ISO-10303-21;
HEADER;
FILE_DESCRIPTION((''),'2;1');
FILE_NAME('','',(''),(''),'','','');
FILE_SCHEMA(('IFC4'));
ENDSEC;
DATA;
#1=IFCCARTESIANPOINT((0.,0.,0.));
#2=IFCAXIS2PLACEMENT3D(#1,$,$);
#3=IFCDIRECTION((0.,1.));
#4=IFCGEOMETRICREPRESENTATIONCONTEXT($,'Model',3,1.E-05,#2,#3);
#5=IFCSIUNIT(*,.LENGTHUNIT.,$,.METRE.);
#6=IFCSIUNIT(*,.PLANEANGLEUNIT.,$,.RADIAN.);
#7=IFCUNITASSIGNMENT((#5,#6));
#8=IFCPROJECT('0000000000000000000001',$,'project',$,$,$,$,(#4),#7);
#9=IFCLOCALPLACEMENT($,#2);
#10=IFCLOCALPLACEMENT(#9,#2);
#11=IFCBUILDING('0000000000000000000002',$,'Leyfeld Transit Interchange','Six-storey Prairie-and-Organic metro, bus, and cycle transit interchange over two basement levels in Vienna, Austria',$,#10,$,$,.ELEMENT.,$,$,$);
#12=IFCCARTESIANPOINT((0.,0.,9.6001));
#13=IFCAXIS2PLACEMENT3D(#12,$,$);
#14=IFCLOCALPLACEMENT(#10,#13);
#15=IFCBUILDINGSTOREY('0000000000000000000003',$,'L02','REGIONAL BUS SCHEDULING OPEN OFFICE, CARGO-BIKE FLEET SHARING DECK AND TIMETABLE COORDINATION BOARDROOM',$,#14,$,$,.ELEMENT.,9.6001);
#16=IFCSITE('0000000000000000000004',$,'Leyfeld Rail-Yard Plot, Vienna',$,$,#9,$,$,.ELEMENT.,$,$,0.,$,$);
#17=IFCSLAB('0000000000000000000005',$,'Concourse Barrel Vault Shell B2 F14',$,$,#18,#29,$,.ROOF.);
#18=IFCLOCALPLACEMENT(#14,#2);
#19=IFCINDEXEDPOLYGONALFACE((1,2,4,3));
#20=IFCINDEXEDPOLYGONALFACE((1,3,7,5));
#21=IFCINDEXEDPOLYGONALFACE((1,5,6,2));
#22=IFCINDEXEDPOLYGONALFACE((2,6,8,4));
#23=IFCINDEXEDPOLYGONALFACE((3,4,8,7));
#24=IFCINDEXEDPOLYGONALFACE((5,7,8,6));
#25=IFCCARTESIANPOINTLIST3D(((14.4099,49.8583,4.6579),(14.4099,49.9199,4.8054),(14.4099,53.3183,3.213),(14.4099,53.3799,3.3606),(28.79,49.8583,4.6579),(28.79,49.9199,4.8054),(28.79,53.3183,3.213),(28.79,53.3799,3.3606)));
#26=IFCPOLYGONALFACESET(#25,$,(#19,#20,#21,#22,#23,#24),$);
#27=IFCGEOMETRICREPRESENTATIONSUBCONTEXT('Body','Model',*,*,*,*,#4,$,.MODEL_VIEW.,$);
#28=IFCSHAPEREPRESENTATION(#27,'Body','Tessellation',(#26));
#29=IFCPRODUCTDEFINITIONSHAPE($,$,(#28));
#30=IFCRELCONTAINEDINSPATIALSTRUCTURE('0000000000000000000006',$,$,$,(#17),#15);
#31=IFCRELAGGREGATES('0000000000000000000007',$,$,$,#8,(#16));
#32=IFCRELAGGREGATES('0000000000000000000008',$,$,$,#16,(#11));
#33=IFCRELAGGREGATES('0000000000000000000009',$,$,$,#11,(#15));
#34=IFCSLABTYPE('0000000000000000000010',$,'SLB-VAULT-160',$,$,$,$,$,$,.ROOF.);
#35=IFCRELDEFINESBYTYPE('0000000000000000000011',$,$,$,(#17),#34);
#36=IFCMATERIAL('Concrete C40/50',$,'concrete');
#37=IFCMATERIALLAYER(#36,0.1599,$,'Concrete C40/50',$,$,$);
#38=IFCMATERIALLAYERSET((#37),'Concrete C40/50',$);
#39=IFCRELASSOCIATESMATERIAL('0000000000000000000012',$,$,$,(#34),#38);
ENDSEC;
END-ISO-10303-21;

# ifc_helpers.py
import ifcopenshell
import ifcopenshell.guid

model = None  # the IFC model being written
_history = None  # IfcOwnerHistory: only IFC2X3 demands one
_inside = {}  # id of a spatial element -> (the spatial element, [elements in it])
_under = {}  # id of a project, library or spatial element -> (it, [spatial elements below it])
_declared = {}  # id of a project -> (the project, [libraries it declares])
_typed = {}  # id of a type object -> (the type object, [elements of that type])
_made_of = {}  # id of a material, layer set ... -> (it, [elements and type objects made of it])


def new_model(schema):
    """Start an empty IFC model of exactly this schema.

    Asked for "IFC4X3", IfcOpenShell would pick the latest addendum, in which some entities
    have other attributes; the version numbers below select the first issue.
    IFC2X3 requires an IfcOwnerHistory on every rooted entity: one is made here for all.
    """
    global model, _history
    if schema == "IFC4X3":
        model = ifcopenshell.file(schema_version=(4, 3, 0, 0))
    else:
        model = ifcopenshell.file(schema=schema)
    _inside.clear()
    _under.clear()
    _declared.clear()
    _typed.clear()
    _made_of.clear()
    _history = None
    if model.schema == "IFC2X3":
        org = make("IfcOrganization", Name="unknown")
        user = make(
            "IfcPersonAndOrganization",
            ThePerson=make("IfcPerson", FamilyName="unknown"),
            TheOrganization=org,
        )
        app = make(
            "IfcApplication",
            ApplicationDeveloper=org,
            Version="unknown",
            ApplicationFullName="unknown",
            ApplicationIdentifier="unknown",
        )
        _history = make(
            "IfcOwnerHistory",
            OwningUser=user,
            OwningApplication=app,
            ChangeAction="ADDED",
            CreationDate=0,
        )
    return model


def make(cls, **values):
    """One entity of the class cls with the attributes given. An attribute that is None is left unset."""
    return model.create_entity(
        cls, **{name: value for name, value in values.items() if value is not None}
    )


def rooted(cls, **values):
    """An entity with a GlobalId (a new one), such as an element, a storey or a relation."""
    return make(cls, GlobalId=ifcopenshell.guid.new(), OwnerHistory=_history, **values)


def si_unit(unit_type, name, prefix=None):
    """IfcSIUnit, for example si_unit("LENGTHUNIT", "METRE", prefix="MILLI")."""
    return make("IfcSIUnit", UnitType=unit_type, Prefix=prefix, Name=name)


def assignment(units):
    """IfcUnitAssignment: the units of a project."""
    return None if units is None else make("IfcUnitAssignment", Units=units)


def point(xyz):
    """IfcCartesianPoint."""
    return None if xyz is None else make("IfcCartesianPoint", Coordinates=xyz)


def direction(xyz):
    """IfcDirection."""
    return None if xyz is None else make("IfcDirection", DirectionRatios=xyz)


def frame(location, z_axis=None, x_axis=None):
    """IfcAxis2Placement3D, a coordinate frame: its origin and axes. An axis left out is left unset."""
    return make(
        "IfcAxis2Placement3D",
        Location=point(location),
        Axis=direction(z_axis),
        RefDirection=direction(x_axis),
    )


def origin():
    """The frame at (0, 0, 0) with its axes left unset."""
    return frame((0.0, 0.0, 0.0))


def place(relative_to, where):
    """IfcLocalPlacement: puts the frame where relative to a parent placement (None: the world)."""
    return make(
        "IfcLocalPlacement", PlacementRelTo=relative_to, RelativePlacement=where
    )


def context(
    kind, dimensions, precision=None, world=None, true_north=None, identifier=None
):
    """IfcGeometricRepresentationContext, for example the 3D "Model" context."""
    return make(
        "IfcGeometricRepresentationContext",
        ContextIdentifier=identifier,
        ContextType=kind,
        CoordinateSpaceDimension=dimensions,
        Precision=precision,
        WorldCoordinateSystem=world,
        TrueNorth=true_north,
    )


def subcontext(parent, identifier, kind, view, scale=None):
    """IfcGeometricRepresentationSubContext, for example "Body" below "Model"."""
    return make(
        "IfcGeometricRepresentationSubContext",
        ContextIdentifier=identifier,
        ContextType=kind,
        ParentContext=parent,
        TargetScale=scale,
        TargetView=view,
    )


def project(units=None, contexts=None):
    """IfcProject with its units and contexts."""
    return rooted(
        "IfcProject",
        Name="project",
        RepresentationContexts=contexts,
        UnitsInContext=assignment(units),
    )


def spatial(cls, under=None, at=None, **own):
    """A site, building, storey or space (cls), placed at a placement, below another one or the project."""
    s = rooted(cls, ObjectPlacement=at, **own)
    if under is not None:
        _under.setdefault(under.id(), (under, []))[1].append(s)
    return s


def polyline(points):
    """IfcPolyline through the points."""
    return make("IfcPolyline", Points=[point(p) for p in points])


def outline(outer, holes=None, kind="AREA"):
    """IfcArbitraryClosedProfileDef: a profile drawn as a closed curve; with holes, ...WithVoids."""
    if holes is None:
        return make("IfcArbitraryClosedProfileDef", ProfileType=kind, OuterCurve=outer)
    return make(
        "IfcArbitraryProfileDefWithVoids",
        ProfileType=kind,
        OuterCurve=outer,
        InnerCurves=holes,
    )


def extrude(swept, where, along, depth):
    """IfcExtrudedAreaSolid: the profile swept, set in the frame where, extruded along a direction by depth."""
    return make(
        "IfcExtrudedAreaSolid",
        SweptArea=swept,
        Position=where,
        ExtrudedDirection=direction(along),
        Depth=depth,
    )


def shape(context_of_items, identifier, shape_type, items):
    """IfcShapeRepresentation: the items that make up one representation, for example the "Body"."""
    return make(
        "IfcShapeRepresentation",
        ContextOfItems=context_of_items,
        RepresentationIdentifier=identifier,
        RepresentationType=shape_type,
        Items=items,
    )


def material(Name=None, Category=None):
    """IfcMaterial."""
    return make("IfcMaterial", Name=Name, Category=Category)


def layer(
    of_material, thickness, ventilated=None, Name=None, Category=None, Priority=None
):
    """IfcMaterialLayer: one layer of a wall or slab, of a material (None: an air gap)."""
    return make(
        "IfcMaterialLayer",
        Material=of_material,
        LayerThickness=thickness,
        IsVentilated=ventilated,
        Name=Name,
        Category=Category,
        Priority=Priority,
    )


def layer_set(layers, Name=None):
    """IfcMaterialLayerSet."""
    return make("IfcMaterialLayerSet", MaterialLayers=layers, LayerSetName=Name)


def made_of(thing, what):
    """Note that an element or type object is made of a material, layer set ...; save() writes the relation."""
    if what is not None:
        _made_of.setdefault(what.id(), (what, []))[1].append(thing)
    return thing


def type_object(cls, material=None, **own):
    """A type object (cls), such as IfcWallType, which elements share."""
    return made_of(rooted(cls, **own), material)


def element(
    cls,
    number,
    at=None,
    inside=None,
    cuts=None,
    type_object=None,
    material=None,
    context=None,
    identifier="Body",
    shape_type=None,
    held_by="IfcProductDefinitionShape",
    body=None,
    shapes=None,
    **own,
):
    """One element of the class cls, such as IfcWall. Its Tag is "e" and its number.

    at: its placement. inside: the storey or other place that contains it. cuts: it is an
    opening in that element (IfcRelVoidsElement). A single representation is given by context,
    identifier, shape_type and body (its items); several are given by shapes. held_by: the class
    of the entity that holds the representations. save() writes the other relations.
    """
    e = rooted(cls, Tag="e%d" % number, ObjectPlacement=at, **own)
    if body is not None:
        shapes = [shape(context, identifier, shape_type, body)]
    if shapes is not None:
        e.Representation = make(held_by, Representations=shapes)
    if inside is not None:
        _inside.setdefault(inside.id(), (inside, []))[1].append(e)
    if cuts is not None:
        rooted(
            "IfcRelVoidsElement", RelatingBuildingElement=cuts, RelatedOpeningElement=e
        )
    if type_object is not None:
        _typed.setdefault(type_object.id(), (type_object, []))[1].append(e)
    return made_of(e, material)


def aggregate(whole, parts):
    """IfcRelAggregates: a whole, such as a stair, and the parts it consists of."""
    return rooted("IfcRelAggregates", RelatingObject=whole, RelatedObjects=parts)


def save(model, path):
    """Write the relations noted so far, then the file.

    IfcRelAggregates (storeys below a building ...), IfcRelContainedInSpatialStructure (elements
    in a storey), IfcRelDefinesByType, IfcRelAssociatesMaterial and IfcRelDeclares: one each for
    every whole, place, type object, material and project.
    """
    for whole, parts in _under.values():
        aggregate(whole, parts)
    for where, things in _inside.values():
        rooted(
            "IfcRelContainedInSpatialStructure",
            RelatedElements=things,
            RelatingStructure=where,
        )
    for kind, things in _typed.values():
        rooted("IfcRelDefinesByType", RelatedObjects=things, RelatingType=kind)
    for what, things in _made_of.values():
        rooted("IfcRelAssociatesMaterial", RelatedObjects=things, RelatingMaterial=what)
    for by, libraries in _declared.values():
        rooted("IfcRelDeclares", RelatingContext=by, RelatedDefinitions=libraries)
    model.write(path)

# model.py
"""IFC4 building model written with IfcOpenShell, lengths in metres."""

from ifc_helpers import new_model, si_unit, direction, frame, origin, place, context, subcontext, project, spatial, polyline, outline, extrude, material, layer, layer_set, type_object, element, save


model = new_model("IFC4")

# Units and contexts
model_context = context("Model", 3, precision=1e-05, world=origin(), true_north=direction((0.0, 1.0)))
body_context = subcontext(model_context, "Body", "Model", "MODEL_VIEW")
ifc_project = project(units=[si_unit("LENGTHUNIT", "METRE"), si_unit("PLANEANGLEUNIT", "RADIAN")], contexts=[model_context])

# Site, building, storey
site_placement = place(None, origin())
site = spatial("IfcSite", under=ifc_project, at=site_placement, Name="Leyfeld Rail-Yard Plot, Vienna", CompositionType="ELEMENT", RefElevation=0.0)
building_placement = place(site_placement, origin())
building = spatial("IfcBuilding", under=site, at=building_placement, Name="Leyfeld Transit Interchange", Description="Six-storey Prairie-and-Organic metro, bus, and cycle transit interchange over two basement levels in Vienna, Austria", CompositionType="ELEMENT")
storey_placement = place(building_placement, frame((0.0, 0.0, 9.6001)))
storey = spatial("IfcBuildingStorey", under=building, at=storey_placement, Name="L02", Description="REGIONAL BUS SCHEDULING OPEN OFFICE, CARGO-BIKE FLEET SHARING DECK AND TIMETABLE COORDINATION BOARDROOM", CompositionType="ELEMENT", Elevation=9.6001)

# Shared definitions
ifc_material_1 = material(Name="Concrete C40/50", Category="concrete")

# Slab
ifc_layer_1 = layer(ifc_material_1, 0.1599, Name="Concrete C40/50")
ifc_layer_set_1 = layer_set([ifc_layer_1], Name="Concrete C40/50")
slab_type = type_object("IfcSlabType", Name="SLB-VAULT-160", PredefinedType="ROOF", material=ifc_layer_set_1)
slab_placement = place(storey_placement, frame((14.4099, 49.9199, 4.8054), z_axis=(0.0, 0.385337, 0.922776), x_axis=(1.0, 0.0, 0.0)))
element("IfcSlab", 1, at=slab_placement, inside=storey, type_object=slab_type, Name="Concourse Barrel Vault Shell B2 F14", PredefinedType="ROOF", context=body_context, shape_type="SweptSolid", body=[
    extrude(outline(polyline([(0.0, 0.0), (14.3801, 0.0), (14.3801, 3.7495), (0.0, 3.7495), (0.0, 0.0)])), origin(), (0.0, 0.0, -1.0), 0.1599),
])

save(model, "model.ifc")
